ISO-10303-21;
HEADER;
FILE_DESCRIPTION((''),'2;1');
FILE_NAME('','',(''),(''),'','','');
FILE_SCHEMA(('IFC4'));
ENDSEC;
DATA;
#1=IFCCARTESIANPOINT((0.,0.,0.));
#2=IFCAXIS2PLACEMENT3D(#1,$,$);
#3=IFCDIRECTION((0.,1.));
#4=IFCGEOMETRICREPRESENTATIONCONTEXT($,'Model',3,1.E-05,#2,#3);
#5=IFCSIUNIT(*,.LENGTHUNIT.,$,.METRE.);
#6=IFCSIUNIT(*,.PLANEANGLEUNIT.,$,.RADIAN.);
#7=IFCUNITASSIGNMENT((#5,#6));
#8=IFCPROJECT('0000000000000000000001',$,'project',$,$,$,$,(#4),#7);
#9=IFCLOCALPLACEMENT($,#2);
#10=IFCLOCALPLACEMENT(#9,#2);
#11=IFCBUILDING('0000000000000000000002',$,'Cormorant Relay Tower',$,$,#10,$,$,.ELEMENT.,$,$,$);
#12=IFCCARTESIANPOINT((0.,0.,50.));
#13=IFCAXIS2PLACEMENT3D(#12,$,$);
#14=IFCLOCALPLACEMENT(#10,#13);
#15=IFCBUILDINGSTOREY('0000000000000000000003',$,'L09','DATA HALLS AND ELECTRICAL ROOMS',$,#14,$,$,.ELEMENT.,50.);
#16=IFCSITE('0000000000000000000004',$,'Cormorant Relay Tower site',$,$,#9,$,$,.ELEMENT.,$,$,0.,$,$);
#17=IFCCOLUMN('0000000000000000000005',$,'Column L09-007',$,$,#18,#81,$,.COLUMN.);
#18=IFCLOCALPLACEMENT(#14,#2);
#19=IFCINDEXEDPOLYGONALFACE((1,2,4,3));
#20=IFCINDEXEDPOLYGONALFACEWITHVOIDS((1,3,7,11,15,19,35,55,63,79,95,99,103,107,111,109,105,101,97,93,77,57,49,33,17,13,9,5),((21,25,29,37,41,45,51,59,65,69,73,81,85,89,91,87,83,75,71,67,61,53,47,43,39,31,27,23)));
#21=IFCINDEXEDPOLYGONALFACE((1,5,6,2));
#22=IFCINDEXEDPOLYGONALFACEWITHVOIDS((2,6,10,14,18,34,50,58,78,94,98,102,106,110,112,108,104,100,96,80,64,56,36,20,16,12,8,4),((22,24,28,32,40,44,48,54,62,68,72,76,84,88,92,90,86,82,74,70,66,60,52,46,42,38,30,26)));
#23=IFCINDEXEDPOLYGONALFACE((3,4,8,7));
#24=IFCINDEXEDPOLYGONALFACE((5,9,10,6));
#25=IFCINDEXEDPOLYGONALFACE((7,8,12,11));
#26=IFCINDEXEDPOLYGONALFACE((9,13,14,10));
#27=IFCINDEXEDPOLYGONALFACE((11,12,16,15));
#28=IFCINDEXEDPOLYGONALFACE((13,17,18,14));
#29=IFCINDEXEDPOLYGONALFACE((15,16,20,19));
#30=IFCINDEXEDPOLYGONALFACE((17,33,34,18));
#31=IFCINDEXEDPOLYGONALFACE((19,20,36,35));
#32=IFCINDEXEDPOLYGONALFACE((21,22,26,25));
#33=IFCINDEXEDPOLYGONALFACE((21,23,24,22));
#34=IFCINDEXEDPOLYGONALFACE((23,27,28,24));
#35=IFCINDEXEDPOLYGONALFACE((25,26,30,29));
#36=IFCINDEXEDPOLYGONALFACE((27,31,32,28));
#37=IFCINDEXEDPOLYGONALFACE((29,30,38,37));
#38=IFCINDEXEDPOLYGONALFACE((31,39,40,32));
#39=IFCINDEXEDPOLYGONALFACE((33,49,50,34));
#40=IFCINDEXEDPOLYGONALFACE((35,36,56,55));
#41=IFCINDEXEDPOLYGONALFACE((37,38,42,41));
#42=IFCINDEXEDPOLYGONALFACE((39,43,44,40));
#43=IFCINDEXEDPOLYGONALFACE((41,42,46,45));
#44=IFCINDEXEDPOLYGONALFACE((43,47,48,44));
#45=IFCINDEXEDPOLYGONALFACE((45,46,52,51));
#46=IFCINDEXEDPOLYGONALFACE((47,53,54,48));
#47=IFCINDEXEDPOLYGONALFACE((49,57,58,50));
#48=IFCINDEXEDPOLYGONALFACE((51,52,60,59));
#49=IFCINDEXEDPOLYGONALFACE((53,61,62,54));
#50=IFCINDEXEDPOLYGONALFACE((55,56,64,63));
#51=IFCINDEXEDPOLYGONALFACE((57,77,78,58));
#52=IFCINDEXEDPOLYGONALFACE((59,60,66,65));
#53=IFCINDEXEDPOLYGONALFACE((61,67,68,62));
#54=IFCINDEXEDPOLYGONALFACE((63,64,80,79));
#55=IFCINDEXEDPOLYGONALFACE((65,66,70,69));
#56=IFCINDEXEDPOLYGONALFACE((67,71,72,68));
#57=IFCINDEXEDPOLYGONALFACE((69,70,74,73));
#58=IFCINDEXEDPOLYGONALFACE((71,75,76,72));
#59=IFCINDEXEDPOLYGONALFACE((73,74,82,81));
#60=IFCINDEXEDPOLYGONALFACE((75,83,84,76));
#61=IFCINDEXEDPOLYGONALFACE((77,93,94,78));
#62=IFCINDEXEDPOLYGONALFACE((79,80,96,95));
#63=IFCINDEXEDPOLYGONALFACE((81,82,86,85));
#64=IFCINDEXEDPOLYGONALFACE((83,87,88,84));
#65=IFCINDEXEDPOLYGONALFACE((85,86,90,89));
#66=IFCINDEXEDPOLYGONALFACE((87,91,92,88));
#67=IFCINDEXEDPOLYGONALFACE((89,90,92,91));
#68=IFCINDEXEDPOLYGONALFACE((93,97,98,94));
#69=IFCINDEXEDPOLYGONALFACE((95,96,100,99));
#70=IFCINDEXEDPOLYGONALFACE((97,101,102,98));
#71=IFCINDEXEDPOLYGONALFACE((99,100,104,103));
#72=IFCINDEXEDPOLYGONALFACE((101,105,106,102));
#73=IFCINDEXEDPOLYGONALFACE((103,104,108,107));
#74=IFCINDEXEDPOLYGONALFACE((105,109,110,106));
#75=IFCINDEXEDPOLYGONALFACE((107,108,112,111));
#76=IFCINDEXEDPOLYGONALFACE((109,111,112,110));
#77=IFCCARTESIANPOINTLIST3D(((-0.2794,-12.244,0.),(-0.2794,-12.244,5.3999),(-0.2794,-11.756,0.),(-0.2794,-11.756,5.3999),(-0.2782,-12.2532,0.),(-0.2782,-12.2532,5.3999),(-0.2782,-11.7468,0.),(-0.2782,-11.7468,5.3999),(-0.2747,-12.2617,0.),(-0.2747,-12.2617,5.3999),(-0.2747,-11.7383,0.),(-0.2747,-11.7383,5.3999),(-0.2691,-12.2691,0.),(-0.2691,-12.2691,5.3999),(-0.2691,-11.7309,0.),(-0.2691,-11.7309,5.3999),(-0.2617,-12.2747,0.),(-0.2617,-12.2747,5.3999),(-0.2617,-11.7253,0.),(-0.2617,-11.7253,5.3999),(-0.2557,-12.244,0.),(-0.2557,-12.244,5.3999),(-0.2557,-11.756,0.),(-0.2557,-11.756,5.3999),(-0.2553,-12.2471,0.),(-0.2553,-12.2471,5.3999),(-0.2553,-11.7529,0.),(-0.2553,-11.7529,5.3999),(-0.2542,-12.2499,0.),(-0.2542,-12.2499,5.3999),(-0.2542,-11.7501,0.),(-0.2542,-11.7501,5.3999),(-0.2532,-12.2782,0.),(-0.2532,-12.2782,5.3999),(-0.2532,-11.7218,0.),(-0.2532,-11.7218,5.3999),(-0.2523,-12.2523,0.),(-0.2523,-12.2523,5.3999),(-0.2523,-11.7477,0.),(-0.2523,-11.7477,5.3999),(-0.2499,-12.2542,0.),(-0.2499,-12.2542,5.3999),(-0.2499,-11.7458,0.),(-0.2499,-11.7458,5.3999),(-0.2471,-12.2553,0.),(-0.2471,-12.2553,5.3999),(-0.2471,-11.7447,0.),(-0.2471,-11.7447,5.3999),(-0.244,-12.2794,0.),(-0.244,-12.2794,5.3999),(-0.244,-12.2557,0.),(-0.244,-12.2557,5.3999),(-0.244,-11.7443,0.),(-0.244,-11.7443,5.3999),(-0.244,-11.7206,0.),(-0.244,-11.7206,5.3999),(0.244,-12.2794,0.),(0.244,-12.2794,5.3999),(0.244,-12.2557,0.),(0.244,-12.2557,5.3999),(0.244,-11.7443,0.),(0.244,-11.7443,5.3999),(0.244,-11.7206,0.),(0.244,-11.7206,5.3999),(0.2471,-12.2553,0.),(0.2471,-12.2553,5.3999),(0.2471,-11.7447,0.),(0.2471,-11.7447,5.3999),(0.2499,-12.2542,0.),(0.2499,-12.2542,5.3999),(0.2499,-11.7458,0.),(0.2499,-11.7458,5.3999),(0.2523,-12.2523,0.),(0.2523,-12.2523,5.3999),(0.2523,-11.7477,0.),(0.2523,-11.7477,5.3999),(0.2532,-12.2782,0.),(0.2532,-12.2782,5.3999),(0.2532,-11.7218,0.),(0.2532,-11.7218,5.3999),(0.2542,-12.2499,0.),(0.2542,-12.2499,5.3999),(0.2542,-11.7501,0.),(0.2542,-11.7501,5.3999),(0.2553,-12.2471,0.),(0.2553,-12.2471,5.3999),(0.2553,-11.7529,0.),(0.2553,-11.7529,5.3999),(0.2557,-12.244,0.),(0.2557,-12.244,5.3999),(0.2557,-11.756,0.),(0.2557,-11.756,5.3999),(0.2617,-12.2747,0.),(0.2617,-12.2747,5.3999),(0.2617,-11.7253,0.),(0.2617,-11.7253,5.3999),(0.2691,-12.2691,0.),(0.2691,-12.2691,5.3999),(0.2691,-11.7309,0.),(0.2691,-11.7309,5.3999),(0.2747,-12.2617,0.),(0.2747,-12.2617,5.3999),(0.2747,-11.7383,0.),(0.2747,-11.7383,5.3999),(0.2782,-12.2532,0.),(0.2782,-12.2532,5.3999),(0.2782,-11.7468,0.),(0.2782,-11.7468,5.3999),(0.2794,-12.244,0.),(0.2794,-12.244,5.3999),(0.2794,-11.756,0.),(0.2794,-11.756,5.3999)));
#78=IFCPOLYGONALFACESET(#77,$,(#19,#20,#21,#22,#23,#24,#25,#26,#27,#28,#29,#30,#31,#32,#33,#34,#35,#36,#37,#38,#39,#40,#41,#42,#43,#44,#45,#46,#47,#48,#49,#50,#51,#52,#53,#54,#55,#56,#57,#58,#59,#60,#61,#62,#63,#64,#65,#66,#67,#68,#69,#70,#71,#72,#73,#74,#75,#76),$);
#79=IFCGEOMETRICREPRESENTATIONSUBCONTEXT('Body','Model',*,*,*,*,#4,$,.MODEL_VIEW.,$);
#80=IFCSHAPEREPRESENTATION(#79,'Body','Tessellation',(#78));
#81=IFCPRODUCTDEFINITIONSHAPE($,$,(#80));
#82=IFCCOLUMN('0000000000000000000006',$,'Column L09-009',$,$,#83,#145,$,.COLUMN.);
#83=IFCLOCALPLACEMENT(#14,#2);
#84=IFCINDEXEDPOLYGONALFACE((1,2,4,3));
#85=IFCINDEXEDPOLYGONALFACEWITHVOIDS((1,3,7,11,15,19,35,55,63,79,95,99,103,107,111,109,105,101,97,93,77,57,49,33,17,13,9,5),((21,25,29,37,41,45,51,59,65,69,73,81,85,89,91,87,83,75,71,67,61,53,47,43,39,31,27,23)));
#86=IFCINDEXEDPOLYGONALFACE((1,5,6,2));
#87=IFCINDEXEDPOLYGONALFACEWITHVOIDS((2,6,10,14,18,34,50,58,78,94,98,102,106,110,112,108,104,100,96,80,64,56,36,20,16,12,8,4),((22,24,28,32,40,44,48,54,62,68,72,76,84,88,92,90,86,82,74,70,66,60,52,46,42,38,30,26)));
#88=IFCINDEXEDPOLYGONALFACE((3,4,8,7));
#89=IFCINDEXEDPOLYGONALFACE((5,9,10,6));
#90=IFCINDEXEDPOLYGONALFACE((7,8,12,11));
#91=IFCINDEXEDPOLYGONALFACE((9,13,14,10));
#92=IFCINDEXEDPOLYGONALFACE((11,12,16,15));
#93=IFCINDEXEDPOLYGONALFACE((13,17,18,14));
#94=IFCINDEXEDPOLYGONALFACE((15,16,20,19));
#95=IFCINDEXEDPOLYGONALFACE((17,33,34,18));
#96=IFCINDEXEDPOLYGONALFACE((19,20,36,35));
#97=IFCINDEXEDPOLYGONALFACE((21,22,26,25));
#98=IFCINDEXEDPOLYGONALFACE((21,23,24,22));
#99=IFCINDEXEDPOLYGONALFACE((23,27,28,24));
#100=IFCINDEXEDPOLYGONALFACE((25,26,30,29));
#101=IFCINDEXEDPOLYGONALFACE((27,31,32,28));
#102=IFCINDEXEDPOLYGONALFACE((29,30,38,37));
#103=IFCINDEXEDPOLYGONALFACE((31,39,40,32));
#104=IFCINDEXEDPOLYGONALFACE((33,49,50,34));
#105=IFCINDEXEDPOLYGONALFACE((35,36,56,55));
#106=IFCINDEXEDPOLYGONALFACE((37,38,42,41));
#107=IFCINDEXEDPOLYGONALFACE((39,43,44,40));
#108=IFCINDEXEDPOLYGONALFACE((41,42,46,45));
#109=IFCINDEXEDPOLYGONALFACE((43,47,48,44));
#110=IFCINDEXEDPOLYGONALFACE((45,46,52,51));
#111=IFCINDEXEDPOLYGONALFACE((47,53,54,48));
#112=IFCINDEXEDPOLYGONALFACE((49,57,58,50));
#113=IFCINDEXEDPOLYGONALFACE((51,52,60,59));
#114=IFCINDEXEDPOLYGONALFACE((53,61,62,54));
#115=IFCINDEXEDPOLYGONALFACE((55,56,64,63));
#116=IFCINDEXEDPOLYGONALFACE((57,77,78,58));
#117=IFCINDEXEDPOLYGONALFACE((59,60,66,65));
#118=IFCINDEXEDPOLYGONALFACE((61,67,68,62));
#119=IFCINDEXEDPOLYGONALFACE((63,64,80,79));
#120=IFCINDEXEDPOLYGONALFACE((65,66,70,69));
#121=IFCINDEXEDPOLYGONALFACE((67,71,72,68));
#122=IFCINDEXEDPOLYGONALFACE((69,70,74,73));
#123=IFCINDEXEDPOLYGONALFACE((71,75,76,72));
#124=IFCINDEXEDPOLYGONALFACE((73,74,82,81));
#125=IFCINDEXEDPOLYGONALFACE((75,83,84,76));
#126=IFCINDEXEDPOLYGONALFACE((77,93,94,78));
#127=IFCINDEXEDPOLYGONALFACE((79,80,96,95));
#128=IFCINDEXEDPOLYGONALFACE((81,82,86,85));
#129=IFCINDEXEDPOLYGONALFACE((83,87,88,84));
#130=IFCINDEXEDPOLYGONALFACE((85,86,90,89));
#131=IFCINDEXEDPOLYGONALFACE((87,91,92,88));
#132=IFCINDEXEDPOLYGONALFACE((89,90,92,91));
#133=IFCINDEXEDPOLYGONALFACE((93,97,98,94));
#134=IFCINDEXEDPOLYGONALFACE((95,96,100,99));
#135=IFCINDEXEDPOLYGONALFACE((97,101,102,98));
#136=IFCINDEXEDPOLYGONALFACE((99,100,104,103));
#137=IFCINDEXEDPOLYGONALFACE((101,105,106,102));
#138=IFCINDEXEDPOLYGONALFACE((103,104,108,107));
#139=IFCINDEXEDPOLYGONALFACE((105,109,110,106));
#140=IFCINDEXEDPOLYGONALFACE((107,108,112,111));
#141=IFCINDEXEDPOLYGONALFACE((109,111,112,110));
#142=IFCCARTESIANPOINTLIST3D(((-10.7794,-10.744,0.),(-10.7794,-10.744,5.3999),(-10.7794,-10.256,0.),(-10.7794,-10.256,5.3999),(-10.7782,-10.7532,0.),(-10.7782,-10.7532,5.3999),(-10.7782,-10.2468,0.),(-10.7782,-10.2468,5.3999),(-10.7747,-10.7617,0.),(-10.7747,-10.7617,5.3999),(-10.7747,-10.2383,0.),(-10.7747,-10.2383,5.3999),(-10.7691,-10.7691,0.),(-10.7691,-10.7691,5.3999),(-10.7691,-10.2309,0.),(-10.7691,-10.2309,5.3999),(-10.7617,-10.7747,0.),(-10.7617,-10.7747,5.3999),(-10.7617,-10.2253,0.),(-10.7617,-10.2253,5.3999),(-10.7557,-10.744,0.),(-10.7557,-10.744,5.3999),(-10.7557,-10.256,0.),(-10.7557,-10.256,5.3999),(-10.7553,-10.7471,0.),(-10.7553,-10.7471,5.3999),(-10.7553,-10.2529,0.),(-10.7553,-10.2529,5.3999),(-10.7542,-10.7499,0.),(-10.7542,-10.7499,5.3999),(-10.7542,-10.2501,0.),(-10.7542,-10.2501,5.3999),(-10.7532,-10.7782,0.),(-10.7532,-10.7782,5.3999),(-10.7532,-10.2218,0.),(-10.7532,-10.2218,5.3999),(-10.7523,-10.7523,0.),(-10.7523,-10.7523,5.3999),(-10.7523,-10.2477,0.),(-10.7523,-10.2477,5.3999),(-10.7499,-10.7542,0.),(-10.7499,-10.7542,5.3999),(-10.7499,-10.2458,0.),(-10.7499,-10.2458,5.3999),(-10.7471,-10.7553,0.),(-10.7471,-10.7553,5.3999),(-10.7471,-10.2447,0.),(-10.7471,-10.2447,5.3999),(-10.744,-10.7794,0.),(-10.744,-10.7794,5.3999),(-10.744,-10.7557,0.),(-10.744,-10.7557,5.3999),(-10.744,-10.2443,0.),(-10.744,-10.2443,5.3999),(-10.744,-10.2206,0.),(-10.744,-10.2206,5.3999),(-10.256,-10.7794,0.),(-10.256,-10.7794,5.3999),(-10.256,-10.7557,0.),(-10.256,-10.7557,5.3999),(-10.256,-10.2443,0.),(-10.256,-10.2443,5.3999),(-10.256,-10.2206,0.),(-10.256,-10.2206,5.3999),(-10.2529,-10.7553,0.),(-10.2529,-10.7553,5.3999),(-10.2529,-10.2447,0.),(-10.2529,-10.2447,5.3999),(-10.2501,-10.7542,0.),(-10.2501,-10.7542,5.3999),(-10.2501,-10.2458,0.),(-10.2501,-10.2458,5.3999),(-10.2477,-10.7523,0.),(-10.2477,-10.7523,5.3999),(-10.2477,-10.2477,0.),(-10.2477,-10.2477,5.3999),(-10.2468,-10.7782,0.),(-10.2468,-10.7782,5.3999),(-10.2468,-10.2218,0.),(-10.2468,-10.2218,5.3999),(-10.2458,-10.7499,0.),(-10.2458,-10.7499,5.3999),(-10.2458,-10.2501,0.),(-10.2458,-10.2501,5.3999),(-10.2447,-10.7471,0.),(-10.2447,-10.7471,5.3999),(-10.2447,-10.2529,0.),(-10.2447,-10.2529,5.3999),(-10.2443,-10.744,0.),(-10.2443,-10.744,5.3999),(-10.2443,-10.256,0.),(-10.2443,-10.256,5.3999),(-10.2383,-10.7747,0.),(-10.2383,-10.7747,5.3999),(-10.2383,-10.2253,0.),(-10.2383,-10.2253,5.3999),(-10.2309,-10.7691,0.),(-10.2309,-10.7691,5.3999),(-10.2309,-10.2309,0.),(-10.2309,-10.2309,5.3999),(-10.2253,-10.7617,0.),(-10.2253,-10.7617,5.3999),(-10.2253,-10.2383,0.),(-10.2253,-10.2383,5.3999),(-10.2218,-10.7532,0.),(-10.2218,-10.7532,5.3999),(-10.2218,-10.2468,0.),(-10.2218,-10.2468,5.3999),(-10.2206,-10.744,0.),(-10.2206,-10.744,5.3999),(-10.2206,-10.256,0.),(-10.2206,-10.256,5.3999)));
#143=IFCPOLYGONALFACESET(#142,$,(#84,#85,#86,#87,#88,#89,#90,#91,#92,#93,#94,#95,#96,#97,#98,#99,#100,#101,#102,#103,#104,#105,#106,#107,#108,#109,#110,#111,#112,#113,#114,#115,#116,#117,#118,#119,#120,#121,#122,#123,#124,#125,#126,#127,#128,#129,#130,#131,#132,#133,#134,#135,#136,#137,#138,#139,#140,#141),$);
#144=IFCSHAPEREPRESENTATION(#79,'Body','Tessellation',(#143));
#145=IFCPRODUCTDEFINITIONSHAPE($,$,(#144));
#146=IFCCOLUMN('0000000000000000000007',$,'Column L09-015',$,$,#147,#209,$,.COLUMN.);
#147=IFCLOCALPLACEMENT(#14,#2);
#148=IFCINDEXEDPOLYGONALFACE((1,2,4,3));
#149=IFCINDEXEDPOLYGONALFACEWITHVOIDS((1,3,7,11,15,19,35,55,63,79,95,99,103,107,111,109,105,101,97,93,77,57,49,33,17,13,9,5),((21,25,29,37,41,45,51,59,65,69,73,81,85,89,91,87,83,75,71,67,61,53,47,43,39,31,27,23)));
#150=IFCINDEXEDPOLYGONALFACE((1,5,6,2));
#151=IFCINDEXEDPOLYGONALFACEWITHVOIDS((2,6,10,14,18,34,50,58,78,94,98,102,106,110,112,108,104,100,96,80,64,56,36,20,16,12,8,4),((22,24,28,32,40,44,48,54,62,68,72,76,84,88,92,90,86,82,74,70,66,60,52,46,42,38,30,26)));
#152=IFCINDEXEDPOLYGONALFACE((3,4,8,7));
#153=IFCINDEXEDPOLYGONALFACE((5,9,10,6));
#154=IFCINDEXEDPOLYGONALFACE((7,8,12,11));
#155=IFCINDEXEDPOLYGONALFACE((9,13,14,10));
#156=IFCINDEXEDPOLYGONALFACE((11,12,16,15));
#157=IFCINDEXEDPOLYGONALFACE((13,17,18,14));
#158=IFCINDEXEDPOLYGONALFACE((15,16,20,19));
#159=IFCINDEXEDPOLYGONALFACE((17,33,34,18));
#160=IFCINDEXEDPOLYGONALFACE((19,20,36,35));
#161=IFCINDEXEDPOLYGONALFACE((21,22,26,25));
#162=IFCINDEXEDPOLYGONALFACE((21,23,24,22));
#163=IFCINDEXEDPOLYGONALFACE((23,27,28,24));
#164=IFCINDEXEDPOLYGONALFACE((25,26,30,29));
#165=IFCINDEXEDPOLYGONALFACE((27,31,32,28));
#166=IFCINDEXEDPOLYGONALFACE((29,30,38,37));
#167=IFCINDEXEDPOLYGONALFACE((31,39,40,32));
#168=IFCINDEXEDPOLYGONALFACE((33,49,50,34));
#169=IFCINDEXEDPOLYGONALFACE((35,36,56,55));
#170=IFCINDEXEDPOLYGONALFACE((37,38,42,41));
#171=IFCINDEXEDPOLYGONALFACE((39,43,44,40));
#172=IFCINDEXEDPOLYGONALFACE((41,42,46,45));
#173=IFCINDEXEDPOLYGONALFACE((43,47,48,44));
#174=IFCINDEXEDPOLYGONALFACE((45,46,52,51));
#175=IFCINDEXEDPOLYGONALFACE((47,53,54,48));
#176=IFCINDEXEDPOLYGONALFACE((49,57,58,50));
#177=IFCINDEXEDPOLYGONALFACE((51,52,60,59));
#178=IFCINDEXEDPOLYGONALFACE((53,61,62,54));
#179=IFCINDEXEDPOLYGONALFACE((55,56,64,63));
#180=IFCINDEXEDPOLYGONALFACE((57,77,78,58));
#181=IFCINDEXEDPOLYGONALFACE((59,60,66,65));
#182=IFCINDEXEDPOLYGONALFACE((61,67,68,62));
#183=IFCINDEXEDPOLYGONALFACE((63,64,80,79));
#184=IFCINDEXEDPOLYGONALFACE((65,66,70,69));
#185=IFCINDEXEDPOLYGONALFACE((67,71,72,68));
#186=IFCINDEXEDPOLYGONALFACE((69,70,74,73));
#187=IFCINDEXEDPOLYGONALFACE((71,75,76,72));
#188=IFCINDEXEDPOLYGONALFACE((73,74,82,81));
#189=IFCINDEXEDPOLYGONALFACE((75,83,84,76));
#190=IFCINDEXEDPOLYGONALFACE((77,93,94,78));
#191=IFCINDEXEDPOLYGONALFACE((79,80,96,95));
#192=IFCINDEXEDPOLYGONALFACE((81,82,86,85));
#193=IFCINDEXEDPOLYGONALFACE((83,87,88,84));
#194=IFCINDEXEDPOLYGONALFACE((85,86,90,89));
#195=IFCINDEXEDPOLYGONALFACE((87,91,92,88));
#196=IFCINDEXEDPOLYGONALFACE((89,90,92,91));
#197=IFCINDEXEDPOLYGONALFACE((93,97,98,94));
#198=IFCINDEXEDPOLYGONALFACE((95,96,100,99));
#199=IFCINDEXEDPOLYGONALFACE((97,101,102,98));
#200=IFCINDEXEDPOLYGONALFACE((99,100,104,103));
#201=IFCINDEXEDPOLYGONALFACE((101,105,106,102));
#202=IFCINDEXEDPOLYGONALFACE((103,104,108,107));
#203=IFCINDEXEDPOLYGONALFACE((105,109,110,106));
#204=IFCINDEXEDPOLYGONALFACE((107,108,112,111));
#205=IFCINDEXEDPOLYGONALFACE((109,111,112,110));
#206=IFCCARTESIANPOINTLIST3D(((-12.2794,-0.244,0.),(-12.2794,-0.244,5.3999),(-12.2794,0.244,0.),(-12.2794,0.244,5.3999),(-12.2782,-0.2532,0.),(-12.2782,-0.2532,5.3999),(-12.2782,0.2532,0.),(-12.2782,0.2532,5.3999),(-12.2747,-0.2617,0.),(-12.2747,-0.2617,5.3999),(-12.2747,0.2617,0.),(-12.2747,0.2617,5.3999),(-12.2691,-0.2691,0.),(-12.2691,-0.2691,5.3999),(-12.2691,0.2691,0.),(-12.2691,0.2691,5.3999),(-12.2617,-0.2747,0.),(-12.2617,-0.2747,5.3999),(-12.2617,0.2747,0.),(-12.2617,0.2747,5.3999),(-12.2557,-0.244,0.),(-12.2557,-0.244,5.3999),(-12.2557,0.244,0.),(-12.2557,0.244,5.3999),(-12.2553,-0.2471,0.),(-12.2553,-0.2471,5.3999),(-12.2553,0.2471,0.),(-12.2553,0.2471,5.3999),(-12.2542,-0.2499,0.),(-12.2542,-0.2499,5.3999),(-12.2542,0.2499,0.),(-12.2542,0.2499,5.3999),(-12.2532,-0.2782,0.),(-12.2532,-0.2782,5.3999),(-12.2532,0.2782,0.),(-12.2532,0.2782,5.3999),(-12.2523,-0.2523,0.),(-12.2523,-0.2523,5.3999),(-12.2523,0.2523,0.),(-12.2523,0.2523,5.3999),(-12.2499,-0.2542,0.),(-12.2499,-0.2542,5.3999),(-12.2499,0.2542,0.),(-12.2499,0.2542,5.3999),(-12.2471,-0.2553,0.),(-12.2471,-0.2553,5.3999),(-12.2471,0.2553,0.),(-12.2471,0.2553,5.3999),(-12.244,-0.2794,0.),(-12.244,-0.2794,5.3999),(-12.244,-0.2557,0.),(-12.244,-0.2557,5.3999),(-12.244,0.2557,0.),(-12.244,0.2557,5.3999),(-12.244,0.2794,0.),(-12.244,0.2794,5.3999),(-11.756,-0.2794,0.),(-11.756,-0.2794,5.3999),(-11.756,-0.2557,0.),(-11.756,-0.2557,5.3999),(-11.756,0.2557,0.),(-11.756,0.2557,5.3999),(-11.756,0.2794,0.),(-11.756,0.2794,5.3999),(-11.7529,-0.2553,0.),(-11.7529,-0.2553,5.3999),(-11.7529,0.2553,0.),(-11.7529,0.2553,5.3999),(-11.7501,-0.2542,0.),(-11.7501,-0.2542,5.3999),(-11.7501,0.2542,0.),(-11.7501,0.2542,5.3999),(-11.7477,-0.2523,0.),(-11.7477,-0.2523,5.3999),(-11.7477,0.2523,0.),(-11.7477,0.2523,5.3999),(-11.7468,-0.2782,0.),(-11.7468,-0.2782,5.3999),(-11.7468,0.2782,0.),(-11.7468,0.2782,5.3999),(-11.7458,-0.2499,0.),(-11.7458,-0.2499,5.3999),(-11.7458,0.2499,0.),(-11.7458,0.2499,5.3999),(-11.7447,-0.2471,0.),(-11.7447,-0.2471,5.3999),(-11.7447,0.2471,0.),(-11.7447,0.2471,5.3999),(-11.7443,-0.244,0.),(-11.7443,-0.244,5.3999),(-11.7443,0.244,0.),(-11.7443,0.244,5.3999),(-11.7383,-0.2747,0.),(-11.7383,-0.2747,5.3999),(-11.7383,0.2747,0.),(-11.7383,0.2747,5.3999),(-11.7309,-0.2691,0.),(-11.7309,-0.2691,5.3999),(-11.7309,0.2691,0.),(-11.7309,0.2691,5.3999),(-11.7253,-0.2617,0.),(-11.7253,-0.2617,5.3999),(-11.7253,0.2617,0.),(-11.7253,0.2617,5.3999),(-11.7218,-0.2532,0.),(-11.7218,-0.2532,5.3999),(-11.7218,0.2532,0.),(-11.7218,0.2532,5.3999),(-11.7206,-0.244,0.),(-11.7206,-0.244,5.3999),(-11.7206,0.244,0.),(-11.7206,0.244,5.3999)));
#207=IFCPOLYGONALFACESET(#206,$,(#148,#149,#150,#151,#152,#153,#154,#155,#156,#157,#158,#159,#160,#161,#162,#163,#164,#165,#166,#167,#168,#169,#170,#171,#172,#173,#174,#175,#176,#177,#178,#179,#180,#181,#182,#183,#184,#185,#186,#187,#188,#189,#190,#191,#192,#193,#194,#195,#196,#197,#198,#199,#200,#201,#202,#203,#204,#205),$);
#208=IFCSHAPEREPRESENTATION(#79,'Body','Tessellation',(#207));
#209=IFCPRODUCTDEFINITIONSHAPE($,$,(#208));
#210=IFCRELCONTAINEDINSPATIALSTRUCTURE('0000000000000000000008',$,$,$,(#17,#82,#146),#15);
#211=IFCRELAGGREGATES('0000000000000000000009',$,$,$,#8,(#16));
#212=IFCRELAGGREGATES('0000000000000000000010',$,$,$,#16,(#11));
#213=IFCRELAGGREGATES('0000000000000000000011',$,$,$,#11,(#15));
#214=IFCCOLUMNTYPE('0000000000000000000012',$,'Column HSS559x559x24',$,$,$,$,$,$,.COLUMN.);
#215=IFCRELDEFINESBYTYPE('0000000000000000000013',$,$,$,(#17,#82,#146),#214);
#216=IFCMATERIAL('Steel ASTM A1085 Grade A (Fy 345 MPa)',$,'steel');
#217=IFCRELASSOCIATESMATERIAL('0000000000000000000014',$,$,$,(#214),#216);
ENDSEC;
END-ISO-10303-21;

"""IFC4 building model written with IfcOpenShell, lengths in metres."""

from ifc_helpers import new_model, si_unit, direction, frame, origin, origin_2d, place, context, subcontext, project, spatial, hollow_rectangle, extrude, material, material_profile, profile_set, type_object, element, save


model = new_model("IFC4")

# Units and contexts
model_context = context("Model", 3, precision=1e-05, world=origin(), true_north=direction((0.0, 1.0)))
body_context = subcontext(model_context, "Body", "Model", "MODEL_VIEW")
ifc_project = project(units=[si_unit("LENGTHUNIT", "METRE"), si_unit("PLANEANGLEUNIT", "RADIAN")], contexts=[model_context])

# Site, building, storey
site_placement = place(None, origin())
site = spatial("IfcSite", under=ifc_project, at=site_placement, Name="Cormorant Relay Tower site", CompositionType="ELEMENT", RefElevation=0.0)
building_placement = place(site_placement, origin())
building = spatial("IfcBuilding", under=site, at=building_placement, Name="Cormorant Relay Tower", CompositionType="ELEMENT")
storey_placement = place(building_placement, frame((0.0, 0.0, 50.0)))
storey = spatial("IfcBuildingStorey", under=building, at=storey_placement, Name="L09", Description="DATA HALLS AND ELECTRICAL ROOMS", CompositionType="ELEMENT", Elevation=50.0)

# Columns
ifc_material_1 = material(Name="Steel ASTM A1085 Grade A (Fy 345 MPa)", Category="steel")
ifc_material_profile_1 = material_profile(ifc_material_1, hollow_rectangle(XDim=0.5588, YDim=0.5588, WallThickness=0.0237, InnerFilletRadius=0.0117, OuterFilletRadius=0.0354, at=origin_2d()), Name="HSS559x559x24")
ifc_profile_set_1 = profile_set([ifc_material_profile_1], Name="Steel ASTM A1085 Grade A (Fy 345 MPa)")
column_type = type_object("IfcColumnType", Name="Column HSS559x559x24", PredefinedType="COLUMN", material=ifc_profile_set_1)
for number, where, z_axis, x_axis, name in (
    (1, (0.0, -12.0, 0.0), (0.0, 0.0, 1.0), (1.0, 0.0, 0.0), "Column L09-007"),
    (2, (-10.5, -10.5, 0.0), (0.0, 0.0, 1.0), (1.0, 0.0, 0.0), "Column L09-009"),
    (3, (-12.0, 0.0, 0.0), (0.0, 0.0, 1.0), (1.0, 0.0, 0.0), "Column L09-015"),
):
    element("IfcColumn", number, at=place(storey_placement, frame(where, z_axis=z_axis, x_axis=x_axis)), inside=storey, type_object=column_type, Name=name, PredefinedType="COLUMN", context=body_context, shape_type="SweptSolid", body=[
        extrude(hollow_rectangle(XDim=0.5588, YDim=0.5588, WallThickness=0.0237, InnerFilletRadius=0.0117, OuterFilletRadius=0.0354, at=origin_2d()), origin(), (0.0, 0.0, 1.0), 5.3999),
    ])

save(model, "model.ifc")
